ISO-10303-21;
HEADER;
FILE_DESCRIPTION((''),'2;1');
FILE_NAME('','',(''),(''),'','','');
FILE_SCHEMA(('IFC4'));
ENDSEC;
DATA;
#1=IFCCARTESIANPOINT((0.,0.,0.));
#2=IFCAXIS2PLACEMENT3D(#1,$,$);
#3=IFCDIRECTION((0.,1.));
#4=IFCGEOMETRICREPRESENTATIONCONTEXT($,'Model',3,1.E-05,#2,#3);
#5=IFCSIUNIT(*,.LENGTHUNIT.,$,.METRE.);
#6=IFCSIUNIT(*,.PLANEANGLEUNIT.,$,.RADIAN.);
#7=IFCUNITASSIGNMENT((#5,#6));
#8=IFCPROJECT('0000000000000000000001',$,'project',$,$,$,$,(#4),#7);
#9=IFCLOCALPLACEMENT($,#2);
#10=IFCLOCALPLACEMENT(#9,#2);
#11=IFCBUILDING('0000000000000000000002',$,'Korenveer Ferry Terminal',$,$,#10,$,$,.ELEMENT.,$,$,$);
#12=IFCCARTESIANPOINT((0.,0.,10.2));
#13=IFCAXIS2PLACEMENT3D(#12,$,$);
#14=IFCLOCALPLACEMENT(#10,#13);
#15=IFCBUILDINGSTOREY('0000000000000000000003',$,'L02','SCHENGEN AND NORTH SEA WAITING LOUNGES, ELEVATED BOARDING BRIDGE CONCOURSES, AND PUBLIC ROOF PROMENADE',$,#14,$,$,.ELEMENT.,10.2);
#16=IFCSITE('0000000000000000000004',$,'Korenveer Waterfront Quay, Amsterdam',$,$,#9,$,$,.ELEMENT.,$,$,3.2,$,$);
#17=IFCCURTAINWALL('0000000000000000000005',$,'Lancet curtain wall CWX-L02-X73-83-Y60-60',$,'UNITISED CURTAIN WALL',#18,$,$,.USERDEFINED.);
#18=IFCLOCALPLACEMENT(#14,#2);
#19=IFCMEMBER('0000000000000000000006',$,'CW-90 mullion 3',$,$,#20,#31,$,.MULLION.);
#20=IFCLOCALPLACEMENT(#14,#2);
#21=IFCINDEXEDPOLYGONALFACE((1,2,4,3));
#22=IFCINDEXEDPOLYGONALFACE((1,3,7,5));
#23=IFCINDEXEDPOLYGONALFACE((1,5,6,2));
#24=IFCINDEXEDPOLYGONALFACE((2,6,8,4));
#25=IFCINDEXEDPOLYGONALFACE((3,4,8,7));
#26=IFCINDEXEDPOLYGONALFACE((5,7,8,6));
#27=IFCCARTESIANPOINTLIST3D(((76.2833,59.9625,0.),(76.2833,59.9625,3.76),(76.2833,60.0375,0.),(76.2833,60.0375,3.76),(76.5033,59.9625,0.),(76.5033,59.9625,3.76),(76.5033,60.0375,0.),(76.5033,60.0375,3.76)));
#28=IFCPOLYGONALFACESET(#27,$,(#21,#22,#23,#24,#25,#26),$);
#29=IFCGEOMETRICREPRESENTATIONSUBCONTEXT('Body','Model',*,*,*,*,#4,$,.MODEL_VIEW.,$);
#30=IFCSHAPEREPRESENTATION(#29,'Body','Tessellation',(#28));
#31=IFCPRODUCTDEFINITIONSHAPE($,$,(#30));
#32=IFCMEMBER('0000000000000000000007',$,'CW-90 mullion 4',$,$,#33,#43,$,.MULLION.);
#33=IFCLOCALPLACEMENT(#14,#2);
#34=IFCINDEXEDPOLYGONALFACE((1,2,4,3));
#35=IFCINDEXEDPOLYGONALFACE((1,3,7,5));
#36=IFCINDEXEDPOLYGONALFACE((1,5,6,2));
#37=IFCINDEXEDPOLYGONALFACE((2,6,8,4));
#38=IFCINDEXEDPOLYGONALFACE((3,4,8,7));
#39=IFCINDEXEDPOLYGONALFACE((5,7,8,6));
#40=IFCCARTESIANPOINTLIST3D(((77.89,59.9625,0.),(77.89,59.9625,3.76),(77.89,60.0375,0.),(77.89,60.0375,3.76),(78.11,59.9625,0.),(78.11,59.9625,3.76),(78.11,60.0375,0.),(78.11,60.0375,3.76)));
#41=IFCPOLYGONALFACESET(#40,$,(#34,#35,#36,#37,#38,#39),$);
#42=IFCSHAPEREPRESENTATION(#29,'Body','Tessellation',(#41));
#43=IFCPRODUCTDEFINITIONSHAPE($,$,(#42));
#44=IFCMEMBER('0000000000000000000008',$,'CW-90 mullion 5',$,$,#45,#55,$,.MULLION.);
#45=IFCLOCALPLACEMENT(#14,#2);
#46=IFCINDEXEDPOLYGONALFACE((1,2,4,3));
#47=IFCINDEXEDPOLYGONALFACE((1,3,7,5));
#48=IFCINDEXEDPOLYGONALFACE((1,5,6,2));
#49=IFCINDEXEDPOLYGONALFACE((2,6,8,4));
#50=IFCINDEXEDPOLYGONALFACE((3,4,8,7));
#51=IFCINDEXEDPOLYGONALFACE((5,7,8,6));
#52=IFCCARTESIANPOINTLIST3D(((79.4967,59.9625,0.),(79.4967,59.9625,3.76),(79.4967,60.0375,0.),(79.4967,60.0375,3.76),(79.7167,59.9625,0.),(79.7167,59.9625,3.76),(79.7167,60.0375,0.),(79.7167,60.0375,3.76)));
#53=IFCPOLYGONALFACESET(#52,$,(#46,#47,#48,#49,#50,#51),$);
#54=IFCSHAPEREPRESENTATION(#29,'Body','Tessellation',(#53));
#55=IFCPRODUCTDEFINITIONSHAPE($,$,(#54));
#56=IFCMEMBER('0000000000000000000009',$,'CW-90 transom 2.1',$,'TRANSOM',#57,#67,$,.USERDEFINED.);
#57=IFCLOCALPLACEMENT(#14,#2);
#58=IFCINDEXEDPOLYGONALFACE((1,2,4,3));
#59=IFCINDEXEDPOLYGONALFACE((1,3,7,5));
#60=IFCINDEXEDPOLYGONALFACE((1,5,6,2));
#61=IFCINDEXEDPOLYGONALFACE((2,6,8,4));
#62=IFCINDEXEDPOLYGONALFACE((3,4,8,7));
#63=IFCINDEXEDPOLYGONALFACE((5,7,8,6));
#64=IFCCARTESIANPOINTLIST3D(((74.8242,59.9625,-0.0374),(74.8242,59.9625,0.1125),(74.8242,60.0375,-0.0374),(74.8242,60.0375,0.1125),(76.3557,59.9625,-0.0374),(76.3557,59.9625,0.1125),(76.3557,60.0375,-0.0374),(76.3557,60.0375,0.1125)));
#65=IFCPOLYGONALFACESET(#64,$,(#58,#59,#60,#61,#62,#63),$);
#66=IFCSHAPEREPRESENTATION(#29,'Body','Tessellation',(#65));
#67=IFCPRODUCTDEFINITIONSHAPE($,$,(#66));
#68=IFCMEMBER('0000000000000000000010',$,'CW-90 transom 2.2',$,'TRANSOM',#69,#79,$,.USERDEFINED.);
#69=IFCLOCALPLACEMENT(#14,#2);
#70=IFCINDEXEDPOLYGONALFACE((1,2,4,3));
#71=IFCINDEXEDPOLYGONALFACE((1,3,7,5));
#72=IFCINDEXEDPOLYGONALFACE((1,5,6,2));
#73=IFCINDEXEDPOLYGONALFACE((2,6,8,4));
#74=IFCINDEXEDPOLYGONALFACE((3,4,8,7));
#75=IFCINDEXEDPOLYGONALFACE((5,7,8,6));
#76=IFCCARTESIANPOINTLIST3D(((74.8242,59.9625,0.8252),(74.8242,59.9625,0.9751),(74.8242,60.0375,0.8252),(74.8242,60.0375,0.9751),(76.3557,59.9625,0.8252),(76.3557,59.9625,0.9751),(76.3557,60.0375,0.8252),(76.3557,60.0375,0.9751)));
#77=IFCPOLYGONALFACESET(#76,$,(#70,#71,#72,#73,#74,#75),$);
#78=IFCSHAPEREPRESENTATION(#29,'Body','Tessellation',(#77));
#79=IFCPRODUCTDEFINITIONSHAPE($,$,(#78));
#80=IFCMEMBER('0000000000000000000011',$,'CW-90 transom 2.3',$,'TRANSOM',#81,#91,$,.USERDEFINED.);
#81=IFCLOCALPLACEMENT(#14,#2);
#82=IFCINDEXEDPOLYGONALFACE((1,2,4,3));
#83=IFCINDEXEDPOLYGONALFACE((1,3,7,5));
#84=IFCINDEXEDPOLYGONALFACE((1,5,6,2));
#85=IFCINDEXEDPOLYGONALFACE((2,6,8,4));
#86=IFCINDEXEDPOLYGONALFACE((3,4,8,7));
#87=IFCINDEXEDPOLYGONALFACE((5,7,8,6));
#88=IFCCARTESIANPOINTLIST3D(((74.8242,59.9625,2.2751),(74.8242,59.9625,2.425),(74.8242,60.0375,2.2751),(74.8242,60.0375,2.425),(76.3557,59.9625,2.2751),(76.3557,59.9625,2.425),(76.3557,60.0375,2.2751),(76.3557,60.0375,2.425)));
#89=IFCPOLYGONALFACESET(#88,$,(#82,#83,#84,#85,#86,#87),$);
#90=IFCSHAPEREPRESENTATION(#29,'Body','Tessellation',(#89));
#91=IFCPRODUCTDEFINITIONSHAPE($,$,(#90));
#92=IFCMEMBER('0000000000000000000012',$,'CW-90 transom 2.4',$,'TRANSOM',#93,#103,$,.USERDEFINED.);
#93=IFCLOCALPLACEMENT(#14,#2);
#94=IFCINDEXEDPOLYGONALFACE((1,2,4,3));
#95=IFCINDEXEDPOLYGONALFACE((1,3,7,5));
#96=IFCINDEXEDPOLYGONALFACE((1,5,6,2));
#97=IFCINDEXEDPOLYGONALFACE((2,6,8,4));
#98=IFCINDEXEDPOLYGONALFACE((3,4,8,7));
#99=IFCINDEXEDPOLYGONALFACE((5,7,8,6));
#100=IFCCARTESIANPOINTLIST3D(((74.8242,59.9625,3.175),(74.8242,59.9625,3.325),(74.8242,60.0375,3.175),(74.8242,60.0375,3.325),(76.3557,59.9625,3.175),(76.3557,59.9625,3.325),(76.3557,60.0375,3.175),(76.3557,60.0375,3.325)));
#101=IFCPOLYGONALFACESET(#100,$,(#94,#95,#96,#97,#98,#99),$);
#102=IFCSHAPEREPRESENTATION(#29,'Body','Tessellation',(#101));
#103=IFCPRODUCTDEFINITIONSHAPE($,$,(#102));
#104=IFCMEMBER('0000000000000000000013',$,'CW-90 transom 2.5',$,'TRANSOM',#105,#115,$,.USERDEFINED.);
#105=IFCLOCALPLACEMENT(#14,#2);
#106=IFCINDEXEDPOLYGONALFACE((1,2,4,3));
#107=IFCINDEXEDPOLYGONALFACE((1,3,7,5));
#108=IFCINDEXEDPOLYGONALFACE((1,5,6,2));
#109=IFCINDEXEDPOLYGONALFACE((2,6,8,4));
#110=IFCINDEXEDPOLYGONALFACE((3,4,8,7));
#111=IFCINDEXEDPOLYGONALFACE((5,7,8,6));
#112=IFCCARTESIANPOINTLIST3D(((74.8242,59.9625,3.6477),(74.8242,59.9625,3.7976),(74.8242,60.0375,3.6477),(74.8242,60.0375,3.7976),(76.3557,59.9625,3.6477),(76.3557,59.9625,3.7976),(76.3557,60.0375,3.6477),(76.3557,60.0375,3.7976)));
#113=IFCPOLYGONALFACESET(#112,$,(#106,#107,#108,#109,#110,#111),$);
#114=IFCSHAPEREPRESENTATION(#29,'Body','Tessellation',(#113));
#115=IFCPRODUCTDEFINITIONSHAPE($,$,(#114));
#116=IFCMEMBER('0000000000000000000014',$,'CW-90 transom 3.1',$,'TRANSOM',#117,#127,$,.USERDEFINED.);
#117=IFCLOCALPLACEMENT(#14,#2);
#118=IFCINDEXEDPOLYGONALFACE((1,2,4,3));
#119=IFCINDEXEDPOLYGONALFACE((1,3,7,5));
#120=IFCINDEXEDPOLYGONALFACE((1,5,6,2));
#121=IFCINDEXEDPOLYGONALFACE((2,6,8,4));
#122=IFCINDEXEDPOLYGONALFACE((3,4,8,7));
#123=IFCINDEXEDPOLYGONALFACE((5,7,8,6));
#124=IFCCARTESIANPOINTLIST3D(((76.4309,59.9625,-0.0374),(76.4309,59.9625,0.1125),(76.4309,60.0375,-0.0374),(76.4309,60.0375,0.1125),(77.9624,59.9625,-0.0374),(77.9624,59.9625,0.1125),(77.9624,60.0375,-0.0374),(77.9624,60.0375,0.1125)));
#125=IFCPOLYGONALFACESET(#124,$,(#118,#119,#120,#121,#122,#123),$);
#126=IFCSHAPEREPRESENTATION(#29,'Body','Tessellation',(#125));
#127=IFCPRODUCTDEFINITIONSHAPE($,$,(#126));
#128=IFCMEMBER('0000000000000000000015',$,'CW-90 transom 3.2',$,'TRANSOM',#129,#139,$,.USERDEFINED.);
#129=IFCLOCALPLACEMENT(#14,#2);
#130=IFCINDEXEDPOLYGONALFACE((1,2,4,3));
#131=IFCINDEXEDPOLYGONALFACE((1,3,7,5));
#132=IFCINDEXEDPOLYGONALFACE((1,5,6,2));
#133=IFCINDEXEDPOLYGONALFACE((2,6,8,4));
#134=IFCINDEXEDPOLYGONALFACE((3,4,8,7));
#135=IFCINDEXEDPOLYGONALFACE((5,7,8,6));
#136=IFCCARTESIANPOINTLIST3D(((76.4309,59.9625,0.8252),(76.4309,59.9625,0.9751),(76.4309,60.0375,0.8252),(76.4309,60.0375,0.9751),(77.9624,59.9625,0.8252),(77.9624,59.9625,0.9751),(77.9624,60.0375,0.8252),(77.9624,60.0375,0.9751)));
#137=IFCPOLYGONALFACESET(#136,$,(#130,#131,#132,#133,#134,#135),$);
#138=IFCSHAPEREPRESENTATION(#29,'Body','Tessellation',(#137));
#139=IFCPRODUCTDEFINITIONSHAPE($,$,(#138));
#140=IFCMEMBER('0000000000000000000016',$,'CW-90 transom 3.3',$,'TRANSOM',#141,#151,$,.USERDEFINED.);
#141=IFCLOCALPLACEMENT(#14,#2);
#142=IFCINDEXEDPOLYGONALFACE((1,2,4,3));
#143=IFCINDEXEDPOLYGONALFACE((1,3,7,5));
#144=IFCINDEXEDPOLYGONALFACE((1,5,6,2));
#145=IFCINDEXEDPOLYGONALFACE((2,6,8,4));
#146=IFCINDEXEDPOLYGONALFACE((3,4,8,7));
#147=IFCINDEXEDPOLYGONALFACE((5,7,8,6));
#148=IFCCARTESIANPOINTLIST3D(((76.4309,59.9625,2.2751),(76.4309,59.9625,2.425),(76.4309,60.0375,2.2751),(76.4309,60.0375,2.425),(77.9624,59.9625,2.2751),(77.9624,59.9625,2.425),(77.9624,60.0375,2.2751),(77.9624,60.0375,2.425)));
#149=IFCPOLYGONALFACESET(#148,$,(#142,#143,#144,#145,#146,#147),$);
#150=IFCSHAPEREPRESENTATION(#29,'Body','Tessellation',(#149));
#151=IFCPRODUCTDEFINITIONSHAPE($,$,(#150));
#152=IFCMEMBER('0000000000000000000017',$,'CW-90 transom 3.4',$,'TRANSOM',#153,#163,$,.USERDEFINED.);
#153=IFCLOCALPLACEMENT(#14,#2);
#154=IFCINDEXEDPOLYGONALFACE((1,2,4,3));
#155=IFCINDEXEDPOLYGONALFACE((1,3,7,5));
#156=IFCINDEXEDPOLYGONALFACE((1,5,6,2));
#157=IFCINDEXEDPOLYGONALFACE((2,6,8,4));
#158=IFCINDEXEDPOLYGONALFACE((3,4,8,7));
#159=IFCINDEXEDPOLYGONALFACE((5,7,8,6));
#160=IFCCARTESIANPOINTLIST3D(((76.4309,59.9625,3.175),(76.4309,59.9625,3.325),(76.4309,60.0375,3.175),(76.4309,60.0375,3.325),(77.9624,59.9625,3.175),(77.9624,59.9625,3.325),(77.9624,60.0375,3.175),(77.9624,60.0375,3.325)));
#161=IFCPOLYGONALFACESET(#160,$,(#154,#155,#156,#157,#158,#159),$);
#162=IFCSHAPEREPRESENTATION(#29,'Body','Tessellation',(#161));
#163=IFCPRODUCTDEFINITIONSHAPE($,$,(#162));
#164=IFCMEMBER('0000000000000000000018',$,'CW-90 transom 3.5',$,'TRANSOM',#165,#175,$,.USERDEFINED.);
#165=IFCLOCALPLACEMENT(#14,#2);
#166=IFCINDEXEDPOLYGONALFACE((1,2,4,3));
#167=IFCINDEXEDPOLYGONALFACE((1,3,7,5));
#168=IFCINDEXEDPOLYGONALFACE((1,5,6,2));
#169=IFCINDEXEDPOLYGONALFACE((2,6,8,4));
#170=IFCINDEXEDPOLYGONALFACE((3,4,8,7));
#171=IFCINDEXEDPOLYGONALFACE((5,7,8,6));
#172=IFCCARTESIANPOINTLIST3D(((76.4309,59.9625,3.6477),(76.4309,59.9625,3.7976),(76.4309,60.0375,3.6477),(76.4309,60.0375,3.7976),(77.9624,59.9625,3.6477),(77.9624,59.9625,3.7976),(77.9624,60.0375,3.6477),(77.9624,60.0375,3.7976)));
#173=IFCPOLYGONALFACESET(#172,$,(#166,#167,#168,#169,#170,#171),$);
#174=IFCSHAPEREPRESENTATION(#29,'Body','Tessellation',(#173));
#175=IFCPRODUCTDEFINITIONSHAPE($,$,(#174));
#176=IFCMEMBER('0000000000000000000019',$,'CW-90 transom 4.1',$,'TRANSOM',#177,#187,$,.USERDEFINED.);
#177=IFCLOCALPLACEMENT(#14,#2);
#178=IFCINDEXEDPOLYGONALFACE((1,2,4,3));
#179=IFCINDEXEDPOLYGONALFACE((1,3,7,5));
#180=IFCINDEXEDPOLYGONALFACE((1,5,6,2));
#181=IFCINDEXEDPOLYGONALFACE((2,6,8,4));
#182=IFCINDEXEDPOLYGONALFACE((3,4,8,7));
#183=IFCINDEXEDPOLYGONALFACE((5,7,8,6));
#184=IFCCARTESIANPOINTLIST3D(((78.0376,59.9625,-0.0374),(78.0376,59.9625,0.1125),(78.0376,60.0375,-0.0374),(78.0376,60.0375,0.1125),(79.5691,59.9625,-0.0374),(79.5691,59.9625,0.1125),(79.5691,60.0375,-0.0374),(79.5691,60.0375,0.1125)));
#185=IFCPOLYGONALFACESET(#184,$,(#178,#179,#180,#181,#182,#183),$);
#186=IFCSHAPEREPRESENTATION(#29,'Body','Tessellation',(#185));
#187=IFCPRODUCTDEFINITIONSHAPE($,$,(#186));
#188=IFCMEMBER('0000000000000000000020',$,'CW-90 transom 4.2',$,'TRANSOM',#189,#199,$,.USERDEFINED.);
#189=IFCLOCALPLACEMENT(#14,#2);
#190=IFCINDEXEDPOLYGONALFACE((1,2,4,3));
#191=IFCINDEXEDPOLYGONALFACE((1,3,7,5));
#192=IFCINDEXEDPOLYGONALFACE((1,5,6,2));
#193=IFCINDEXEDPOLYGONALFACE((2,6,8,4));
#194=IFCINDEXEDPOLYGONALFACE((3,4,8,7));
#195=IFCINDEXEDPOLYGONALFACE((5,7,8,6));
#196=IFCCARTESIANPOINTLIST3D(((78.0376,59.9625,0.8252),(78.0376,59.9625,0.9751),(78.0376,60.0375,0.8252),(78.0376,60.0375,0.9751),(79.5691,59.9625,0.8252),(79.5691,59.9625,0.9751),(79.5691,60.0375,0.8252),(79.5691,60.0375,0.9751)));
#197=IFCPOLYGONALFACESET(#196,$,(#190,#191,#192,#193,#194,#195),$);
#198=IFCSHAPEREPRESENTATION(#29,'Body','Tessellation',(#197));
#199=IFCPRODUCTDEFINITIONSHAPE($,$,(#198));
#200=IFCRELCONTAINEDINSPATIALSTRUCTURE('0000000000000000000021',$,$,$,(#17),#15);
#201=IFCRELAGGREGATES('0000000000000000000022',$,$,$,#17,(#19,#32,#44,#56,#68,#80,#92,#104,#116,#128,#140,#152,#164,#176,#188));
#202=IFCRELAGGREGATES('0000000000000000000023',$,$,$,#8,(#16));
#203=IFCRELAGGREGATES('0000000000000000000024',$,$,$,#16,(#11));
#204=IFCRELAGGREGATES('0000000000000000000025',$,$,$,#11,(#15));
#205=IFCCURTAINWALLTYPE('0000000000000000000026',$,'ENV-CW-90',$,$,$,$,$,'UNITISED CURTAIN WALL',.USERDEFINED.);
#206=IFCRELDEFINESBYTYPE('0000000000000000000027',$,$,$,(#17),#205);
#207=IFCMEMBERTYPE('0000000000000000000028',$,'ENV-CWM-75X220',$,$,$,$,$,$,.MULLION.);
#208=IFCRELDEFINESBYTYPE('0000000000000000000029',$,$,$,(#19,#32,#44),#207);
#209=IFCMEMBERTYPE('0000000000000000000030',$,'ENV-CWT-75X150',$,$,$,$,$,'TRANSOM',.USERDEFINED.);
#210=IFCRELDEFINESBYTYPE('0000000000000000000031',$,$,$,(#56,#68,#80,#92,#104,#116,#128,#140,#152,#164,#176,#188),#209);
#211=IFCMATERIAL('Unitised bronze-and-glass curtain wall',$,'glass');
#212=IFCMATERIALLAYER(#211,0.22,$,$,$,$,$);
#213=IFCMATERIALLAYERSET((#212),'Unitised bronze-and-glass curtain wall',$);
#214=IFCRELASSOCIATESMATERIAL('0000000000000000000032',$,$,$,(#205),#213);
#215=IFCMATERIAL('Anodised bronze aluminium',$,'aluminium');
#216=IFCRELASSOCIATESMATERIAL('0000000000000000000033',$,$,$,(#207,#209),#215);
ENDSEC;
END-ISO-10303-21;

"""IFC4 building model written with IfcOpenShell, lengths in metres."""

from ifc_helpers import new_model, si_unit, direction, frame, origin, origin_2d, place, context, subcontext, project, spatial, rectangle, extrude, material, layer, layer_set, material_profile, profile_set, type_object, element, aggregate, save


model = new_model("IFC4")

# Units and contexts
model_context = context("Model", 3, precision=1e-05, world=origin(), true_north=direction((0.0, 1.0)))
body_context = subcontext(model_context, "Body", "Model", "MODEL_VIEW")
ifc_project = project(units=[si_unit("LENGTHUNIT", "METRE"), si_unit("PLANEANGLEUNIT", "RADIAN")], contexts=[model_context])

# Site, building, storey
site_placement = place(None, origin())
site = spatial("IfcSite", under=ifc_project, at=site_placement, Name="Korenveer Waterfront Quay, Amsterdam", CompositionType="ELEMENT", RefElevation=3.2)
building_placement = place(site_placement, origin())
building = spatial("IfcBuilding", under=site, at=building_placement, Name="Korenveer Ferry Terminal", CompositionType="ELEMENT")
storey_placement = place(building_placement, frame((0.0, 0.0, 10.2)))
storey = spatial("IfcBuildingStorey", under=building, at=storey_placement, Name="L02", Description="SCHENGEN AND NORTH SEA WAITING LOUNGES, ELEVATED BOARDING BRIDGE CONCOURSES, AND PUBLIC ROOF PROMENADE", CompositionType="ELEMENT", Elevation=10.2)

# Curtain wall, members
ifc_material_1 = material(Name="Unitised bronze-and-glass curtain wall", Category="glass")
ifc_layer_1 = layer(ifc_material_1, 0.22)
ifc_layer_set_1 = layer_set([ifc_layer_1], Name="Unitised bronze-and-glass curtain wall")
curtain_wall_type = type_object("IfcCurtainWallType", Name="ENV-CW-90", ElementType="UNITISED CURTAIN WALL", PredefinedType="USERDEFINED", material=ifc_layer_set_1)
curtain_wall_placement = place(storey_placement, frame((73.1799, 60.0, 0.0)))
curtain_wall = element("IfcCurtainWall", 1, at=curtain_wall_placement, inside=storey, type_object=curtain_wall_type, Name="Lancet curtain wall CWX-L02-X73-83-Y60-60", ObjectType="UNITISED CURTAIN WALL", PredefinedType="USERDEFINED")
ifc_material_2 = material(Name="Anodised bronze aluminium", Category="aluminium")
ifc_material_profile_1 = material_profile(ifc_material_2, rectangle(XDim=0.075, YDim=0.22, at=origin_2d()), Name="ALU 75x220")
ifc_profile_set_1 = profile_set([ifc_material_profile_1], Name="Anodised bronze aluminium")
member_type_1 = type_object("IfcMemberType", Name="ENV-CWM-75X220", PredefinedType="MULLION", material=ifc_profile_set_1)
member_1_placement = place(storey_placement, frame((76.3933, 60.0, 0.0), z_axis=(0.0, 0.0, 1.0), x_axis=(0.0, 1.0, 0.0)))
member_1 = element("IfcMember", 2, at=member_1_placement, type_object=member_type_1, Name="CW-90 mullion 3", PredefinedType="MULLION", context=body_context, shape_type="SweptSolid", body=[
    extrude(rectangle(XDim=0.075, YDim=0.22, at=origin_2d()), origin(), (0.0, 0.0, 1.0), 3.76),
])
member_2_placement = place(storey_placement, frame((78.0, 60.0, 0.0), z_axis=(0.0, 0.0, 1.0), x_axis=(0.0, 1.0, 0.0)))
member_2 = element("IfcMember", 3, at=member_2_placement, type_object=member_type_1, Name="CW-90 mullion 4", PredefinedType="MULLION", context=body_context, shape_type="SweptSolid", body=[
    extrude(rectangle(XDim=0.075, YDim=0.22, at=origin_2d()), origin(), (0.0, 0.0, 1.0), 3.76),
])
member_3_placement = place(storey_placement, frame((79.6067, 60.0, 0.0), z_axis=(0.0, 0.0, 1.0), x_axis=(0.0, 1.0, 0.0)))
member_3 = element("IfcMember", 4, at=member_3_placement, type_object=member_type_1, Name="CW-90 mullion 5", PredefinedType="MULLION", context=body_context, shape_type="SweptSolid", body=[
    extrude(rectangle(XDim=0.075, YDim=0.22, at=origin_2d()), origin(), (0.0, 0.0, 1.0), 3.76),
])
ifc_material_profile_2 = material_profile(ifc_material_2, rectangle(XDim=0.075, YDim=0.1499, at=origin_2d()), Name="ALU 75x150")
ifc_profile_set_2 = profile_set([ifc_material_profile_2], Name="Anodised bronze aluminium")
member_type_2 = type_object("IfcMemberType", Name="ENV-CWT-75X150", ElementType="TRANSOM", PredefinedType="USERDEFINED", material=ifc_profile_set_2)
member_4_placement = place(storey_placement, frame((74.8242, 60.0, 0.0376), z_axis=(1.0, 0.0, 0.0), x_axis=(0.0, 1.0, 0.0)))
member_4 = element("IfcMember", 5, at=member_4_placement, type_object=member_type_2, Name="CW-90 transom 2.1", ObjectType="TRANSOM", PredefinedType="USERDEFINED", context=body_context, shape_type="SweptSolid", body=[
    extrude(rectangle(XDim=0.075, YDim=0.1499, at=origin_2d()), origin(), (0.0, 0.0, 1.0), 1.5315),
])
member_5_placement = place(storey_placement, frame((74.8242, 60.0, 0.9001), z_axis=(1.0, 0.0, 0.0), x_axis=(0.0, 1.0, 0.0)))
member_5 = element("IfcMember", 6, at=member_5_placement, type_object=member_type_2, Name="CW-90 transom 2.2", ObjectType="TRANSOM", PredefinedType="USERDEFINED", context=body_context, shape_type="SweptSolid", body=[
    extrude(rectangle(XDim=0.075, YDim=0.1499, at=origin_2d()), origin(), (0.0, 0.0, 1.0), 1.5315),
])
member_6_placement = place(storey_placement, frame((74.8242, 60.0, 2.3501), z_axis=(1.0, 0.0, 0.0), x_axis=(0.0, 1.0, 0.0)))
member_6 = element("IfcMember", 7, at=member_6_placement, type_object=member_type_2, Name="CW-90 transom 2.3", ObjectType="TRANSOM", PredefinedType="USERDEFINED", context=body_context, shape_type="SweptSolid", body=[
    extrude(rectangle(XDim=0.075, YDim=0.1499, at=origin_2d()), origin(), (0.0, 0.0, 1.0), 1.5315),
])
member_7_placement = place(storey_placement, frame((74.8242, 60.0, 3.25), z_axis=(1.0, 0.0, 0.0), x_axis=(0.0, 1.0, 0.0)))
member_7 = element("IfcMember", 8, at=member_7_placement, type_object=member_type_2, Name="CW-90 transom 2.4", ObjectType="TRANSOM", PredefinedType="USERDEFINED", context=body_context, shape_type="SweptSolid", body=[
    extrude(rectangle(XDim=0.075, YDim=0.1499, at=origin_2d()), origin(), (0.0, 0.0, 1.0), 1.5315),
])
member_8_placement = place(storey_placement, frame((74.8242, 60.0, 3.7227), z_axis=(1.0, 0.0, 0.0), x_axis=(0.0, 1.0, 0.0)))
member_8 = element("IfcMember", 9, at=member_8_placement, type_object=member_type_2, Name="CW-90 transom 2.5", ObjectType="TRANSOM", PredefinedType="USERDEFINED", context=body_context, shape_type="SweptSolid", body=[
    extrude(rectangle(XDim=0.075, YDim=0.1499, at=origin_2d()), origin(), (0.0, 0.0, 1.0), 1.5315),
])
member_9_placement = place(storey_placement, frame((76.4309, 60.0, 0.0376), z_axis=(1.0, 0.0, 0.0), x_axis=(0.0, 1.0, 0.0)))
member_9 = element("IfcMember", 10, at=member_9_placement, type_object=member_type_2, Name="CW-90 transom 3.1", ObjectType="TRANSOM", PredefinedType="USERDEFINED", context=body_context, shape_type="SweptSolid", body=[
    extrude(rectangle(XDim=0.075, YDim=0.1499, at=origin_2d()), origin(), (0.0, 0.0, 1.0), 1.5315),
])
member_10_placement = place(storey_placement, frame((76.4309, 60.0, 0.9001), z_axis=(1.0, 0.0, 0.0), x_axis=(0.0, 1.0, 0.0)))
member_10 = element("IfcMember", 11, at=member_10_placement, type_object=member_type_2, Name="CW-90 transom 3.2", ObjectType="TRANSOM", PredefinedType="USERDEFINED", context=body_context, shape_type="SweptSolid", body=[
    extrude(rectangle(XDim=0.075, YDim=0.1499, at=origin_2d()), origin(), (0.0, 0.0, 1.0), 1.5315),
])
member_11_placement = place(storey_placement, frame((76.4309, 60.0, 2.3501), z_axis=(1.0, 0.0, 0.0), x_axis=(0.0, 1.0, 0.0)))
member_11 = element("IfcMember", 12, at=member_11_placement, type_object=member_type_2, Name="CW-90 transom 3.3", ObjectType="TRANSOM", PredefinedType="USERDEFINED", context=body_context, shape_type="SweptSolid", body=[
    extrude(rectangle(XDim=0.075, YDim=0.1499, at=origin_2d()), origin(), (0.0, 0.0, 1.0), 1.5315),
])
member_12_placement = place(storey_placement, frame((76.4309, 60.0, 3.25), z_axis=(1.0, 0.0, 0.0), x_axis=(0.0, 1.0, 0.0)))
member_12 = element("IfcMember", 13, at=member_12_placement, type_object=member_type_2, Name="CW-90 transom 3.4", ObjectType="TRANSOM", PredefinedType="USERDEFINED", context=body_context, shape_type="SweptSolid", body=[
    extrude(rectangle(XDim=0.075, YDim=0.1499, at=origin_2d()), origin(), (0.0, 0.0, 1.0), 1.5315),
])
member_13_placement = place(storey_placement, frame((76.4309, 60.0, 3.7227), z_axis=(1.0, 0.0, 0.0), x_axis=(0.0, 1.0, 0.0)))
member_13 = element("IfcMember", 14, at=member_13_placement, type_object=member_type_2, Name="CW-90 transom 3.5", ObjectType="TRANSOM", PredefinedType="USERDEFINED", context=body_context, shape_type="SweptSolid", body=[
    extrude(rectangle(XDim=0.075, YDim=0.1499, at=origin_2d()), origin(), (0.0, 0.0, 1.0), 1.5315),
])
member_14_placement = place(storey_placement, frame((78.0376, 60.0, 0.0376), z_axis=(1.0, 0.0, 0.0), x_axis=(0.0, 1.0, 0.0)))
member_14 = element("IfcMember", 15, at=member_14_placement, type_object=member_type_2, Name="CW-90 transom 4.1", ObjectType="TRANSOM", PredefinedType="USERDEFINED", context=body_context, shape_type="SweptSolid", body=[
    extrude(rectangle(XDim=0.075, YDim=0.1499, at=origin_2d()), origin(), (0.0, 0.0, 1.0), 1.5315),
])
member_15_placement = place(storey_placement, frame((78.0376, 60.0, 0.9001), z_axis=(1.0, 0.0, 0.0), x_axis=(0.0, 1.0, 0.0)))
member_15 = element("IfcMember", 16, at=member_15_placement, type_object=member_type_2, Name="CW-90 transom 4.2", ObjectType="TRANSOM", PredefinedType="USERDEFINED", context=body_context, shape_type="SweptSolid", body=[
    extrude(rectangle(XDim=0.075, YDim=0.1499, at=origin_2d()), origin(), (0.0, 0.0, 1.0), 1.5315),
])
aggregate(curtain_wall, [member_1, member_2, member_3, member_4, member_5, member_6, member_7, member_8, member_9, member_10, member_11, member_12, member_13, member_14, member_15])

save(model, "model.ifc")
